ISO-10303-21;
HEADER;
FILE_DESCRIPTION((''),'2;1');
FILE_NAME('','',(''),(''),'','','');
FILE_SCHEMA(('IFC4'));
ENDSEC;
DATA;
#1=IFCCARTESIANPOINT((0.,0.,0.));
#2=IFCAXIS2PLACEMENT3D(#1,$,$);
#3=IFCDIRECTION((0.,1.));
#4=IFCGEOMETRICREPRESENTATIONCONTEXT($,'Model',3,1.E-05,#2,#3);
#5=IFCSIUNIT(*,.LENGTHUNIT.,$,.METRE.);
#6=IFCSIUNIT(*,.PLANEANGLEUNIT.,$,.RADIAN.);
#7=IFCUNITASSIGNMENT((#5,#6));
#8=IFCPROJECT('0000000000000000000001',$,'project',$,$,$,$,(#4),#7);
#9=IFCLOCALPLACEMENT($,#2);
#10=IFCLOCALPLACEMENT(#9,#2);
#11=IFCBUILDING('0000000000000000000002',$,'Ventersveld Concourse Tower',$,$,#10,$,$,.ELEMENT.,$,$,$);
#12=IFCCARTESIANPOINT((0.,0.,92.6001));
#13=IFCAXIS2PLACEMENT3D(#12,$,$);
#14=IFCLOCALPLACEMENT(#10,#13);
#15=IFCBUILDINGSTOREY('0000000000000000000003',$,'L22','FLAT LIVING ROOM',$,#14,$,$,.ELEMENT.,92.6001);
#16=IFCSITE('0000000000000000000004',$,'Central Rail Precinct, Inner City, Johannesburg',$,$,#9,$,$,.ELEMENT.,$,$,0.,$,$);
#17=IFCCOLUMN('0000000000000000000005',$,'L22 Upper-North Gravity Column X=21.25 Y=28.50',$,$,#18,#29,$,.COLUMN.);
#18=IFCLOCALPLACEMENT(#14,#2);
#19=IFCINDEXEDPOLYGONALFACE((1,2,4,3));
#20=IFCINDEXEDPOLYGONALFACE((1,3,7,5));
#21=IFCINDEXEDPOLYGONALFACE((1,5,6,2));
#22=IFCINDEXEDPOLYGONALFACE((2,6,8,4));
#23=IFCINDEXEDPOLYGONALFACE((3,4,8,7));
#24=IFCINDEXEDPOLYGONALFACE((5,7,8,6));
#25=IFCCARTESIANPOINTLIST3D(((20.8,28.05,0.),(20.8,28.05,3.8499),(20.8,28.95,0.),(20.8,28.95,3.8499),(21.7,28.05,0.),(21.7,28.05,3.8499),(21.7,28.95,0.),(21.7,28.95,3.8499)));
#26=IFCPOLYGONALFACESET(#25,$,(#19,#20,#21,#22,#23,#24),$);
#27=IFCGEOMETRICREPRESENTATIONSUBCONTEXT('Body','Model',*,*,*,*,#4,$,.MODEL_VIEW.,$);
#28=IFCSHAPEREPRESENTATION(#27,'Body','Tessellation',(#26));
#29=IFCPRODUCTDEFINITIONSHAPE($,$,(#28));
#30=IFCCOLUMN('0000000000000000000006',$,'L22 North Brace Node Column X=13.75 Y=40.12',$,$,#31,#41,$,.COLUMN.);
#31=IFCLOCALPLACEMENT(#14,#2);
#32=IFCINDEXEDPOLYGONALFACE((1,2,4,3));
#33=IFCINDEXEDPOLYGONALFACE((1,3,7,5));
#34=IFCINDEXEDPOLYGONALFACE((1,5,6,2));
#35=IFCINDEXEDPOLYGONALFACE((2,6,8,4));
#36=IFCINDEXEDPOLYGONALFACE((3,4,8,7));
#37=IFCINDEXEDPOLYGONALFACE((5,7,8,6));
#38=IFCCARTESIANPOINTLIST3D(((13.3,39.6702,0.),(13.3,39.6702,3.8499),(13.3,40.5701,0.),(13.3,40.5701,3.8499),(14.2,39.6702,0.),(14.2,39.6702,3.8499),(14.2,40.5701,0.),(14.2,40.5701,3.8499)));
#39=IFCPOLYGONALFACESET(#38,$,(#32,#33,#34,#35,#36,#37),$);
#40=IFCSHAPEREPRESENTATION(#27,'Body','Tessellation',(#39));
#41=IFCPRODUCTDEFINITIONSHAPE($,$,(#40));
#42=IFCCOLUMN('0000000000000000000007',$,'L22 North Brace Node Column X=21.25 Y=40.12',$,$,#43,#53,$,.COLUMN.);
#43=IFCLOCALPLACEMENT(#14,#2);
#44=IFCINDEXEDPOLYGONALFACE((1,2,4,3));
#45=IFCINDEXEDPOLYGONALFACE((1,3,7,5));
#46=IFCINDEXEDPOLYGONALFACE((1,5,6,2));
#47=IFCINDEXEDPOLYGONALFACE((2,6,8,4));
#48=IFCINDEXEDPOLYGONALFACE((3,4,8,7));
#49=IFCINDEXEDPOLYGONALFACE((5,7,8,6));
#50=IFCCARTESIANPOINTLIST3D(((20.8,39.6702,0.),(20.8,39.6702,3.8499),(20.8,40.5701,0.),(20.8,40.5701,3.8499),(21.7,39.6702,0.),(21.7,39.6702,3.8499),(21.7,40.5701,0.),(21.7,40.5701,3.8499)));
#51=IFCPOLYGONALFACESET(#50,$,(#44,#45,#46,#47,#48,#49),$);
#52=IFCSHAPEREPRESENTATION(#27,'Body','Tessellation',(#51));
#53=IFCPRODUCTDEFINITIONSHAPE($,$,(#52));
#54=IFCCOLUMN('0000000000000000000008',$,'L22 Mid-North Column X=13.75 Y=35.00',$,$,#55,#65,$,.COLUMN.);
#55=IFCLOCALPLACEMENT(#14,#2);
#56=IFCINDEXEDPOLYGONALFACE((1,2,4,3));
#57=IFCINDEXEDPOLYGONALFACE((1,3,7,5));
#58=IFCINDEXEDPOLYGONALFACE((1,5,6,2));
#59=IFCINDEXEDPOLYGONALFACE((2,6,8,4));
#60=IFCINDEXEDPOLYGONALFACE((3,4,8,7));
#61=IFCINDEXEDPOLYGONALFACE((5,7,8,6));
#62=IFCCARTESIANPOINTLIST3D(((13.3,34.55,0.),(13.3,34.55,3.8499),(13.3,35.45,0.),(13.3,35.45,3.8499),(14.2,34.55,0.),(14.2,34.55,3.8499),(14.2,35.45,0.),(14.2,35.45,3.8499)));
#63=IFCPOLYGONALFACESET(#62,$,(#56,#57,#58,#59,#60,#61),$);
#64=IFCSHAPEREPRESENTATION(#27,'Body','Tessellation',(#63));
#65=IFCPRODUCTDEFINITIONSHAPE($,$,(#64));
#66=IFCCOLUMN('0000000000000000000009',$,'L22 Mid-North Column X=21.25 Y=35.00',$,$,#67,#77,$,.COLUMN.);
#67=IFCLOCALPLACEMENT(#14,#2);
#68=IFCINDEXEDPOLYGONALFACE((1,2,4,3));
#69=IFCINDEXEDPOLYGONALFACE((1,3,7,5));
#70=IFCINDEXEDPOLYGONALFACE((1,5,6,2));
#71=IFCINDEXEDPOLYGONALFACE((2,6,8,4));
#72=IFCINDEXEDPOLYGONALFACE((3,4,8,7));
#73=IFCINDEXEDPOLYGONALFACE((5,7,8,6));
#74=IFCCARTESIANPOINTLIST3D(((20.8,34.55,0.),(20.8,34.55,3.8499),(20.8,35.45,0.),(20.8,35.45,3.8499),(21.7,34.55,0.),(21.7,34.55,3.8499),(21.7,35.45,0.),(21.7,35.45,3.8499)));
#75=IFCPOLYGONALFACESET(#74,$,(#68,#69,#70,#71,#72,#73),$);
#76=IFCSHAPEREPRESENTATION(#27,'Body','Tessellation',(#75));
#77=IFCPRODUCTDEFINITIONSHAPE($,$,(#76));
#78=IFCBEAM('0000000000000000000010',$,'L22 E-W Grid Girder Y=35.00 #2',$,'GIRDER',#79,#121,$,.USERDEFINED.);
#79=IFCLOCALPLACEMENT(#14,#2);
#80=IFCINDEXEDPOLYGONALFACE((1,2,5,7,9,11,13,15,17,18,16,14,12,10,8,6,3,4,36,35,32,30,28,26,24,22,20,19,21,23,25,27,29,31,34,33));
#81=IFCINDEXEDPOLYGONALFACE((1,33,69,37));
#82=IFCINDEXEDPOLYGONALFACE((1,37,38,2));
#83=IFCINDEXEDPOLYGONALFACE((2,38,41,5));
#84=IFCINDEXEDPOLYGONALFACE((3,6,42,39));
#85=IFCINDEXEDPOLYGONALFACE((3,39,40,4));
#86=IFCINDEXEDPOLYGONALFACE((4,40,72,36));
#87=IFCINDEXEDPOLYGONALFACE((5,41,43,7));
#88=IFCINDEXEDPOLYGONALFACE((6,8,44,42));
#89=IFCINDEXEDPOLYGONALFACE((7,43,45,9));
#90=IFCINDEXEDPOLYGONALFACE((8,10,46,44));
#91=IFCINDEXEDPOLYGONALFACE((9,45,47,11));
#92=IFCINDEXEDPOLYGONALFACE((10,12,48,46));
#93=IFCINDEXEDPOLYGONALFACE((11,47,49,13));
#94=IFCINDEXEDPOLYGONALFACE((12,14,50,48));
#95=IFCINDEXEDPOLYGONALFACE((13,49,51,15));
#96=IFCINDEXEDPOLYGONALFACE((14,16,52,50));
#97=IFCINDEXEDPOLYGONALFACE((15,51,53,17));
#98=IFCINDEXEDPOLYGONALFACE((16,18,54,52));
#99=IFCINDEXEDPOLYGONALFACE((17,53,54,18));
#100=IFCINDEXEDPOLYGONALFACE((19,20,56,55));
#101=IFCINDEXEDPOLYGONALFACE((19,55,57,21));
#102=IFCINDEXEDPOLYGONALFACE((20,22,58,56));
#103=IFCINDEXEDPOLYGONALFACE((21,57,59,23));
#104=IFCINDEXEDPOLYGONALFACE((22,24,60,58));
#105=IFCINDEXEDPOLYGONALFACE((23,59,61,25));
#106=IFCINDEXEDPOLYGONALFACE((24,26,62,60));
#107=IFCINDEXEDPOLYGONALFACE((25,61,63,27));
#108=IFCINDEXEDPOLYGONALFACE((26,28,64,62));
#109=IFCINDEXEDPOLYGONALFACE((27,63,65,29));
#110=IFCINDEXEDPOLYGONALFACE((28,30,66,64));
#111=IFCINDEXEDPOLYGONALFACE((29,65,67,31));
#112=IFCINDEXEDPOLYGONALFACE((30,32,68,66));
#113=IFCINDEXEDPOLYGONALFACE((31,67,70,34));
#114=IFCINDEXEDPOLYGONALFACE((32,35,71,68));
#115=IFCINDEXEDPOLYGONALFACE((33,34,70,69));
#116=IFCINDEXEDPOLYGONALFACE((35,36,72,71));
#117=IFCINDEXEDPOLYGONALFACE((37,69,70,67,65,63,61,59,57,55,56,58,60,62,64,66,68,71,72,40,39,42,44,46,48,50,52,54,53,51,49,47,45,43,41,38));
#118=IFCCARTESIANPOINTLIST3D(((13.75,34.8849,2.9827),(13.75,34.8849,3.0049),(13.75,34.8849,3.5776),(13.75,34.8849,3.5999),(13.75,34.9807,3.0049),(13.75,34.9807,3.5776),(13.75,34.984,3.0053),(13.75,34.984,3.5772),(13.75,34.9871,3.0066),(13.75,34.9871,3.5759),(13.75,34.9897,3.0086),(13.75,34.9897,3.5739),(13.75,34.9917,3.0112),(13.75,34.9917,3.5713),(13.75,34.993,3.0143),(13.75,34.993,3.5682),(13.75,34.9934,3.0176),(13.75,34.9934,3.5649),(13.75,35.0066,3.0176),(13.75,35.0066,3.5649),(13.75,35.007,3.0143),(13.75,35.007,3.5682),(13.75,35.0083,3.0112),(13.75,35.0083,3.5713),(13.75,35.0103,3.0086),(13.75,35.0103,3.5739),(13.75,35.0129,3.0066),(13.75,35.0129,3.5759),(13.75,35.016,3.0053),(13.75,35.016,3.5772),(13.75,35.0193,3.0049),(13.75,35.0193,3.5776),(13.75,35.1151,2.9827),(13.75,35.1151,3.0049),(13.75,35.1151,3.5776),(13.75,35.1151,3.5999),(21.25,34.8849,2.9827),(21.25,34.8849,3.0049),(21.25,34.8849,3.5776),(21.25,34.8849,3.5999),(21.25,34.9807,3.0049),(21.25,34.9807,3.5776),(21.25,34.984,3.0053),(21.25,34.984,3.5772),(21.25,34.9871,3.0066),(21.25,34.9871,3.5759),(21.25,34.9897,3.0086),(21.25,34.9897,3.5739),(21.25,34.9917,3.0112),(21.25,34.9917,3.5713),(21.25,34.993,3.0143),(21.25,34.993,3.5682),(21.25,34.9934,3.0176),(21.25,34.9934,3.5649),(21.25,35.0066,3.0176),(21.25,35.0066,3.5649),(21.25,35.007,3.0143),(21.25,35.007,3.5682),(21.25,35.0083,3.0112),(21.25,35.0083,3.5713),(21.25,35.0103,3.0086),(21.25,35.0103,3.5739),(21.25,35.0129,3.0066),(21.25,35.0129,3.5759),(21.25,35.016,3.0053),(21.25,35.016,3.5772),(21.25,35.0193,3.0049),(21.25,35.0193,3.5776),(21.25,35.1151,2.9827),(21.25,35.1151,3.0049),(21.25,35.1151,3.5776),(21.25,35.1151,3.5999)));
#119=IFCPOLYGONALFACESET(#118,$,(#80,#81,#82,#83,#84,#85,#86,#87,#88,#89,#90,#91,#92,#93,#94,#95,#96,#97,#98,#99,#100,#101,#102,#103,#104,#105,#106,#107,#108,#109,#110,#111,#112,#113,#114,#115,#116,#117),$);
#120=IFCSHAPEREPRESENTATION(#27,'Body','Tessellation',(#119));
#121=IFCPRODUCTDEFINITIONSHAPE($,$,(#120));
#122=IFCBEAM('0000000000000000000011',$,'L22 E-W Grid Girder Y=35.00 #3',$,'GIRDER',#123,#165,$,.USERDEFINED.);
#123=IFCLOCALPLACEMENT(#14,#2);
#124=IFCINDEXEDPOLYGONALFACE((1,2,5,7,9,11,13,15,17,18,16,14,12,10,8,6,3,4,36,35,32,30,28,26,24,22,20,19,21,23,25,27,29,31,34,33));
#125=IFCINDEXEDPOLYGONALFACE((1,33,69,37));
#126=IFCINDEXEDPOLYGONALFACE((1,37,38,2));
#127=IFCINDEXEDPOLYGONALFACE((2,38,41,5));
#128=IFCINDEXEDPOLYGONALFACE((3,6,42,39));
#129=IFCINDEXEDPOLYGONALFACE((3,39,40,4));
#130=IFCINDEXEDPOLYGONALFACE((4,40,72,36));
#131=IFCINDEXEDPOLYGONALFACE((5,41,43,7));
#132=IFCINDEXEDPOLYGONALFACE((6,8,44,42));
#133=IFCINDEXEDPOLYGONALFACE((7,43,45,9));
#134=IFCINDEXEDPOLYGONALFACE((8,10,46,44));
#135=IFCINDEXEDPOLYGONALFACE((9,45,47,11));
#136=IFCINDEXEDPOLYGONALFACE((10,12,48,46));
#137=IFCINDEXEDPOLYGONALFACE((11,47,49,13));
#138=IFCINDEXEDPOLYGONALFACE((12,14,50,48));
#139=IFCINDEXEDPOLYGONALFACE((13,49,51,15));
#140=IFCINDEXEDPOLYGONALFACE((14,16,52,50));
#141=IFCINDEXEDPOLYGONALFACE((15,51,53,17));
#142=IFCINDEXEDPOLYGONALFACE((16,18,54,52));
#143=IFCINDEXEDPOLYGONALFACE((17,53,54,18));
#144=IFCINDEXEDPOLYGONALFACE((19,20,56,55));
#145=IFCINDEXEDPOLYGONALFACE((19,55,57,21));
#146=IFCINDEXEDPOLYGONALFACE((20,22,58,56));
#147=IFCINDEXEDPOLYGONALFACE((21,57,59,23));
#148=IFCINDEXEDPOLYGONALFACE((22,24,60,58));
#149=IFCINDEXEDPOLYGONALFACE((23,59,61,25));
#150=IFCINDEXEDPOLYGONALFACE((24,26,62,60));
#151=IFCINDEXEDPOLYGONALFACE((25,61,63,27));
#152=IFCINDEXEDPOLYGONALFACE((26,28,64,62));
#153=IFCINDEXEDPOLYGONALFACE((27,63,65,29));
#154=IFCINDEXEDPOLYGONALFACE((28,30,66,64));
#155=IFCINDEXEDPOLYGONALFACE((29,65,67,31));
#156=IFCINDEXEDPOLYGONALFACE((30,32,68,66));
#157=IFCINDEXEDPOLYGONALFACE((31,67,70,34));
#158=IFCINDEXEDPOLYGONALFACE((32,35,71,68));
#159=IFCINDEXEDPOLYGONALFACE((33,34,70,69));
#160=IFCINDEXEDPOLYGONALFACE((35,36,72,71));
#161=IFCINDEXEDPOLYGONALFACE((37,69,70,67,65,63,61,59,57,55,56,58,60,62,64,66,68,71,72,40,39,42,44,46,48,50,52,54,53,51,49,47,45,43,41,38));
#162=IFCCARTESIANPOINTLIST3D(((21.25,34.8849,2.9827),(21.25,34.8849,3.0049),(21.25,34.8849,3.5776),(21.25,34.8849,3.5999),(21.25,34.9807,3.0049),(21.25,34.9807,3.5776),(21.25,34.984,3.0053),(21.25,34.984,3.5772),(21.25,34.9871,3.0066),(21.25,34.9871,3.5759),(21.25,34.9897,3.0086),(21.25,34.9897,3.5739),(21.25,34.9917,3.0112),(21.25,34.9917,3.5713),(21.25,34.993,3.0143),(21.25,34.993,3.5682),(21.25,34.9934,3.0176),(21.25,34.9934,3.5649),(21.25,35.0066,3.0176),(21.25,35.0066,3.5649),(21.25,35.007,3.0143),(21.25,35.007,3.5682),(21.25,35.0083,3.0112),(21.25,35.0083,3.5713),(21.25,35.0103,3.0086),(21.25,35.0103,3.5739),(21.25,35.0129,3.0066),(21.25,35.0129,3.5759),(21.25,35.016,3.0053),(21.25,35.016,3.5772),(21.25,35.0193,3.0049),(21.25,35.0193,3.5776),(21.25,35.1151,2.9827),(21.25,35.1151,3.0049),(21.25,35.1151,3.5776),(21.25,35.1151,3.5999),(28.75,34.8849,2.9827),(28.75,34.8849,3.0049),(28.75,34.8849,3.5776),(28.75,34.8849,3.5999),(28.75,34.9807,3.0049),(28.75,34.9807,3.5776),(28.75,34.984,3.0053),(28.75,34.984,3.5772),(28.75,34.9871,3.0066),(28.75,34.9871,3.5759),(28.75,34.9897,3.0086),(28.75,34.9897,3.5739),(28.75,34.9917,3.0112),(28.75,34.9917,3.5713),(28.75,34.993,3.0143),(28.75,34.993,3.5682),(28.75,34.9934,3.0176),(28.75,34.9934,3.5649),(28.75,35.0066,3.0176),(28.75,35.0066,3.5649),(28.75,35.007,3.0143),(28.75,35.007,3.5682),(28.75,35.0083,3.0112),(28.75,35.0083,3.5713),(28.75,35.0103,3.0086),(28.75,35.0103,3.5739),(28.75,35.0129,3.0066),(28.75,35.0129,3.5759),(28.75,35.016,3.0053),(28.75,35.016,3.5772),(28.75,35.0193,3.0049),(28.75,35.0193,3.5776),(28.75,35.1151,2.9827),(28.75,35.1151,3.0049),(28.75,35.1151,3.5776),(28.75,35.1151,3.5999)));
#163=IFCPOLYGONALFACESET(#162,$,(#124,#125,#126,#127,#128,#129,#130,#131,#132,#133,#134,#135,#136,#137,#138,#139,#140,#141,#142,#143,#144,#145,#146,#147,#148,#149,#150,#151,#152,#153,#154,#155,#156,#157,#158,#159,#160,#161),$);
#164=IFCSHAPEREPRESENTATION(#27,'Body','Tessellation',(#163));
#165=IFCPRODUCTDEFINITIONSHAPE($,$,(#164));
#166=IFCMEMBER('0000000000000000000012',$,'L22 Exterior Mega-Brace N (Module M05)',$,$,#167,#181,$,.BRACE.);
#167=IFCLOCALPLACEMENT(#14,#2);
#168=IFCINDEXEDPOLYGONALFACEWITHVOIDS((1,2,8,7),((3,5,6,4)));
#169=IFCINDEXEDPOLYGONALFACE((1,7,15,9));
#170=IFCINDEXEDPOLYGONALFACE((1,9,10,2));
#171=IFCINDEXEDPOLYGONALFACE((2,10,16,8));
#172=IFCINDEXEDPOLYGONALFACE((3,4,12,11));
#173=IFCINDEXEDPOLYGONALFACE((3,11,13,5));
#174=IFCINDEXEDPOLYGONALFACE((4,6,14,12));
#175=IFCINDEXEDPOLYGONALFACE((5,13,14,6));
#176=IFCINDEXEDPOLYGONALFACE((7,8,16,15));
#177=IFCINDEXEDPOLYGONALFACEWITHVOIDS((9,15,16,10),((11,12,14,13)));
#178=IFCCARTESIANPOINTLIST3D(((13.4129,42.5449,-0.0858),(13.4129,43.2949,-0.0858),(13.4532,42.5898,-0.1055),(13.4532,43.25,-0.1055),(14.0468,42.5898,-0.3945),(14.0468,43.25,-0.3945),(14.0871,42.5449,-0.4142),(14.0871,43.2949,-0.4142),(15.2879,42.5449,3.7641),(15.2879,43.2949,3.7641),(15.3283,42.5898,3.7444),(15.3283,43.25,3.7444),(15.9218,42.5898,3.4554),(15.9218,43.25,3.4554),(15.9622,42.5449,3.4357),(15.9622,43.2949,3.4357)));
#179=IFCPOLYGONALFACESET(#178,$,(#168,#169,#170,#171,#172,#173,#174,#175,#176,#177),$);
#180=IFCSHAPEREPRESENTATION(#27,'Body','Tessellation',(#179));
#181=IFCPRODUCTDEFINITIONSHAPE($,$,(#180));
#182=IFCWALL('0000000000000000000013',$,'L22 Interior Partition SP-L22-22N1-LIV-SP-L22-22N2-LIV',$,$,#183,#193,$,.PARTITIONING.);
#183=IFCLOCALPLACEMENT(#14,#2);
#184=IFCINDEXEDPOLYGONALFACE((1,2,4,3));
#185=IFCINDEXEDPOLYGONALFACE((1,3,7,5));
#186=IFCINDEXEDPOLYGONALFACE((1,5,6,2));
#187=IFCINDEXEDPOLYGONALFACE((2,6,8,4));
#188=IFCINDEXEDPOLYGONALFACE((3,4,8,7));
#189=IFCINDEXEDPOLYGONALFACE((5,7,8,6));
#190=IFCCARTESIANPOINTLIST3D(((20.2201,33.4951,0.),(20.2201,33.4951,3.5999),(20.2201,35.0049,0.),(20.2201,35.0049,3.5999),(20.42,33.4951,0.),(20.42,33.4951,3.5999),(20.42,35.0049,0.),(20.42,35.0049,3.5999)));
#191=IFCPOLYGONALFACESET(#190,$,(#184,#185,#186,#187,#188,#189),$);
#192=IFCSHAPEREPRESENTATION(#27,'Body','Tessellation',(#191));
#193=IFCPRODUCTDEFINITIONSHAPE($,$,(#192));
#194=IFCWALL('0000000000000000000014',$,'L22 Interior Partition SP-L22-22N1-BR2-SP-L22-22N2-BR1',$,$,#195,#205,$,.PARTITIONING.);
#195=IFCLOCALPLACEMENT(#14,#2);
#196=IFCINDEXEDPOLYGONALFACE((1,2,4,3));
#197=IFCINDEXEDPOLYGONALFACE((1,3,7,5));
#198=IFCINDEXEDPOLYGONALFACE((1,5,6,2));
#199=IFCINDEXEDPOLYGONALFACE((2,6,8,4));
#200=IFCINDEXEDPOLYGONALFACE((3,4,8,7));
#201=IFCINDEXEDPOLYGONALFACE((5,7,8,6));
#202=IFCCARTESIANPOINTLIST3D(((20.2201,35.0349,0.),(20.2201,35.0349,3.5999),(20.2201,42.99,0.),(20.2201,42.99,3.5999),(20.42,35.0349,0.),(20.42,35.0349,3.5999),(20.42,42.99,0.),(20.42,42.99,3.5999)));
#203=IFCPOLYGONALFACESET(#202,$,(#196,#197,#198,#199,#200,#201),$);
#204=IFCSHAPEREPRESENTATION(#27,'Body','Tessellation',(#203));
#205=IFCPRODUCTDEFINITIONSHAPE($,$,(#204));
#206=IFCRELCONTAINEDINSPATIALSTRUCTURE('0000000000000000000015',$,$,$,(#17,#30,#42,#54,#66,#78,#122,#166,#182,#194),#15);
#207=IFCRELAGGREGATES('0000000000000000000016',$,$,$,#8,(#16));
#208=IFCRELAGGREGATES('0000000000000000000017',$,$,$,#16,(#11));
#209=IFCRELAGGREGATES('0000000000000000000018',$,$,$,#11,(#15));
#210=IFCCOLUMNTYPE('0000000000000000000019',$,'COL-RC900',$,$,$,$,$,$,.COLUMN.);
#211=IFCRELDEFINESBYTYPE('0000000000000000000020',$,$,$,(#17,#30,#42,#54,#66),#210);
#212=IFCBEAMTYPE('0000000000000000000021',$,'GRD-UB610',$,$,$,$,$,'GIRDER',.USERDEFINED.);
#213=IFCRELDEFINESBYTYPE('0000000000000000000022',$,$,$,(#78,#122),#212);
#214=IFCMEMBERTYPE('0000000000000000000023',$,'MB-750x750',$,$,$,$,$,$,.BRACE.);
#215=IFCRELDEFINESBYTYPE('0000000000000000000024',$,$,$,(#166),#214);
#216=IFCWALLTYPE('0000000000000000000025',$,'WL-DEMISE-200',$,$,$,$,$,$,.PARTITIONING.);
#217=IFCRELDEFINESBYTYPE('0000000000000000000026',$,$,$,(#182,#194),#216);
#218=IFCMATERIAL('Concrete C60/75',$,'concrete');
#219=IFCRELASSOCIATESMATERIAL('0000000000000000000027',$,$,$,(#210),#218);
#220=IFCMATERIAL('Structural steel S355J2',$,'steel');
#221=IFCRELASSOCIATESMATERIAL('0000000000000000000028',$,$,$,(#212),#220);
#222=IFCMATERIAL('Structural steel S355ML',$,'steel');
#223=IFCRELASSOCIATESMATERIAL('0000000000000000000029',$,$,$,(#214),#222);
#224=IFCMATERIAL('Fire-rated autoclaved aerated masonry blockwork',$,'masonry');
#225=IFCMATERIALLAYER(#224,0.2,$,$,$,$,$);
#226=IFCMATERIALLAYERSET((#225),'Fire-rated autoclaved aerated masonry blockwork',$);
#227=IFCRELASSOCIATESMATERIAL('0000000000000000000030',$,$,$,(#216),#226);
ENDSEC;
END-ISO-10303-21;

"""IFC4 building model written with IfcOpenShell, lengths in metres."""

from ifc_helpers import new_model, si_unit, direction, frame, frame_2d, origin, origin_2d, place, context, subcontext, project, spatial, rectangle, hollow_rectangle, i_section, extrude, material, layer, layer_set, material_profile, profile_set, type_object, element, save


model = new_model("IFC4")

# Units and contexts
model_context = context("Model", 3, precision=1e-05, world=origin(), true_north=direction((0.0, 1.0)))
body_context = subcontext(model_context, "Body", "Model", "MODEL_VIEW")
ifc_project = project(units=[si_unit("LENGTHUNIT", "METRE"), si_unit("PLANEANGLEUNIT", "RADIAN")], contexts=[model_context])

# Site, building, storey
site_placement = place(None, origin())
site = spatial("IfcSite", under=ifc_project, at=site_placement, Name="Central Rail Precinct, Inner City, Johannesburg", CompositionType="ELEMENT", RefElevation=0.0)
building_placement = place(site_placement, origin())
building = spatial("IfcBuilding", under=site, at=building_placement, Name="Ventersveld Concourse Tower", CompositionType="ELEMENT")
storey_placement = place(building_placement, frame((0.0, 0.0, 92.6001)))
storey = spatial("IfcBuildingStorey", under=building, at=storey_placement, Name="L22", Description="FLAT LIVING ROOM", CompositionType="ELEMENT", Elevation=92.6001)

# Columns
ifc_material_1 = material(Name="Concrete C60/75", Category="concrete")
ifc_material_profile_1 = material_profile(ifc_material_1, rectangle(XDim=0.8999, YDim=0.8999, at=origin_2d()), Name="RC 900x900")
ifc_profile_set_1 = profile_set([ifc_material_profile_1], Name="Concrete C60/75")
column_type = type_object("IfcColumnType", Name="COL-RC900", PredefinedType="COLUMN", material=ifc_profile_set_1)
for number, where, z_axis, x_axis, name in (
    (1, (21.25, 28.5, 0.0), (0.0, 0.0, 1.0), (1.0, 0.0, 0.0), "L22 Upper-North Gravity Column X=21.25 Y=28.50"),
    (2, (13.75, 40.1201, 0.0), (0.0, 0.0, 1.0), (1.0, 0.0, 0.0), "L22 North Brace Node Column X=13.75 Y=40.12"),
    (3, (21.25, 40.1201, 0.0), (0.0, 0.0, 1.0), (1.0, 0.0, 0.0), "L22 North Brace Node Column X=21.25 Y=40.12"),
    (4, (13.75, 35.0, 0.0), (0.0, 0.0, 1.0), (1.0, 0.0, 0.0), "L22 Mid-North Column X=13.75 Y=35.00"),
    (5, (21.25, 35.0, 0.0), (0.0, 0.0, 1.0), (1.0, 0.0, 0.0), "L22 Mid-North Column X=21.25 Y=35.00"),
):
    element("IfcColumn", number, at=place(storey_placement, frame(where, z_axis=z_axis, x_axis=x_axis)), inside=storey, type_object=column_type, Name=name, PredefinedType="COLUMN", context=body_context, shape_type="SweptSolid", body=[
        extrude(rectangle(XDim=0.8999, YDim=0.8999, at=origin_2d()), origin(), (0.0, 0.0, 1.0), 3.8499),
    ])

# Beams
ifc_material_2 = material(Name="Structural steel S355J2", Category="steel")
ifc_material_profile_2 = material_profile(ifc_material_2, i_section(OverallWidth=0.2302, OverallDepth=0.6172, WebThickness=0.0132, FlangeThickness=0.0222, FilletRadius=0.0127, at=origin_2d()), Name="UB 610x229x140")
ifc_profile_set_2 = profile_set([ifc_material_profile_2], Name="Structural steel S355J2")
beam_type = type_object("IfcBeamType", Name="GRD-UB610", ElementType="GIRDER", PredefinedType="USERDEFINED", material=ifc_profile_set_2)
for number, where, z_axis, x_axis, name in (
    (6, (13.75, 35.0, 3.2913), (1.0, 0.0, 0.0), (0.0, 1.0, 0.0), "L22 E-W Grid Girder Y=35.00 #2"),
    (7, (21.25, 35.0, 3.2913), (1.0, 0.0, 0.0), (0.0, 1.0, 0.0), "L22 E-W Grid Girder Y=35.00 #3"),
):
    element("IfcBeam", number, at=place(storey_placement, frame(where, z_axis=z_axis, x_axis=x_axis)), inside=storey, type_object=beam_type, Name=name, ObjectType="GIRDER", PredefinedType="USERDEFINED", context=body_context, shape_type="SweptSolid", body=[
        extrude(i_section(OverallWidth=0.2302, OverallDepth=0.6172, WebThickness=0.0132, FlangeThickness=0.0222, FilletRadius=0.0127, at=origin_2d()), origin(), (0.0, 0.0, 1.0), 7.5),
    ])

# Member
ifc_material_3 = material(Name="Structural steel S355ML", Category="steel")
ifc_material_profile_3 = material_profile(ifc_material_3, hollow_rectangle(XDim=0.75, YDim=0.75, WallThickness=0.0449, at=origin_2d()), Name="BOX 750x750x45")
ifc_profile_set_3 = profile_set([ifc_material_profile_3], Name="Structural steel S355ML")
member_type = type_object("IfcMemberType", Name="MB-750x750", PredefinedType="BRACE", material=ifc_profile_set_3)
member_placement = place(storey_placement, frame((13.75, 42.9199, -0.25), z_axis=(0.437862, 0.0, 0.899042), x_axis=(0.0, 1.0, 0.0)))
element("IfcMember", 8, at=member_placement, inside=storey, type_object=member_type, Name="L22 Exterior Mega-Brace N (Module M05)", PredefinedType="BRACE", context=body_context, shape_type="SweptSolid", body=[
    extrude(hollow_rectangle(XDim=0.75, YDim=0.75, WallThickness=0.0449, at=origin_2d()), origin(), (0.0, 0.0, 1.0), 4.2822),
])

# Walls
ifc_material_4 = material(Name="Fire-rated autoclaved aerated masonry blockwork", Category="masonry")
ifc_layer_1 = layer(ifc_material_4, 0.2)
ifc_layer_set_1 = layer_set([ifc_layer_1], Name="Fire-rated autoclaved aerated masonry blockwork")
wall_type_1 = type_object("IfcWallType", Name="WL-DEMISE-200", PredefinedType="PARTITIONING", material=ifc_layer_set_1)
wall_1_placement = place(storey_placement, frame((20.3201, 33.4951, 0.0), z_axis=(0.0, 0.0, 1.0), x_axis=(0.0, 1.0, 0.0)))
element("IfcWall", 9, at=wall_1_placement, inside=storey, type_object=wall_type_1, Name="L22 Interior Partition SP-L22-22N1-LIV-SP-L22-22N2-LIV", PredefinedType="PARTITIONING", context=body_context, shape_type="SweptSolid", body=[
    extrude(rectangle(XDim=1.5098, YDim=0.2, at=frame_2d((0.7549, 0.0))), origin(), (0.0, 0.0, 1.0), 3.5999),
])
wall_2_placement = place(storey_placement, frame((20.3201, 35.0349, 0.0), z_axis=(0.0, 0.0, 1.0), x_axis=(0.0, 1.0, 0.0)))
element("IfcWall", 10, at=wall_2_placement, inside=storey, type_object=wall_type_1, Name="L22 Interior Partition SP-L22-22N1-BR2-SP-L22-22N2-BR1", PredefinedType="PARTITIONING", context=body_context, shape_type="SweptSolid", body=[
    extrude(rectangle(XDim=7.9551, YDim=0.2, at=frame_2d((3.9775, 0.0))), origin(), (0.0, 0.0, 1.0), 3.5999),
])

save(model, "model.ifc")
